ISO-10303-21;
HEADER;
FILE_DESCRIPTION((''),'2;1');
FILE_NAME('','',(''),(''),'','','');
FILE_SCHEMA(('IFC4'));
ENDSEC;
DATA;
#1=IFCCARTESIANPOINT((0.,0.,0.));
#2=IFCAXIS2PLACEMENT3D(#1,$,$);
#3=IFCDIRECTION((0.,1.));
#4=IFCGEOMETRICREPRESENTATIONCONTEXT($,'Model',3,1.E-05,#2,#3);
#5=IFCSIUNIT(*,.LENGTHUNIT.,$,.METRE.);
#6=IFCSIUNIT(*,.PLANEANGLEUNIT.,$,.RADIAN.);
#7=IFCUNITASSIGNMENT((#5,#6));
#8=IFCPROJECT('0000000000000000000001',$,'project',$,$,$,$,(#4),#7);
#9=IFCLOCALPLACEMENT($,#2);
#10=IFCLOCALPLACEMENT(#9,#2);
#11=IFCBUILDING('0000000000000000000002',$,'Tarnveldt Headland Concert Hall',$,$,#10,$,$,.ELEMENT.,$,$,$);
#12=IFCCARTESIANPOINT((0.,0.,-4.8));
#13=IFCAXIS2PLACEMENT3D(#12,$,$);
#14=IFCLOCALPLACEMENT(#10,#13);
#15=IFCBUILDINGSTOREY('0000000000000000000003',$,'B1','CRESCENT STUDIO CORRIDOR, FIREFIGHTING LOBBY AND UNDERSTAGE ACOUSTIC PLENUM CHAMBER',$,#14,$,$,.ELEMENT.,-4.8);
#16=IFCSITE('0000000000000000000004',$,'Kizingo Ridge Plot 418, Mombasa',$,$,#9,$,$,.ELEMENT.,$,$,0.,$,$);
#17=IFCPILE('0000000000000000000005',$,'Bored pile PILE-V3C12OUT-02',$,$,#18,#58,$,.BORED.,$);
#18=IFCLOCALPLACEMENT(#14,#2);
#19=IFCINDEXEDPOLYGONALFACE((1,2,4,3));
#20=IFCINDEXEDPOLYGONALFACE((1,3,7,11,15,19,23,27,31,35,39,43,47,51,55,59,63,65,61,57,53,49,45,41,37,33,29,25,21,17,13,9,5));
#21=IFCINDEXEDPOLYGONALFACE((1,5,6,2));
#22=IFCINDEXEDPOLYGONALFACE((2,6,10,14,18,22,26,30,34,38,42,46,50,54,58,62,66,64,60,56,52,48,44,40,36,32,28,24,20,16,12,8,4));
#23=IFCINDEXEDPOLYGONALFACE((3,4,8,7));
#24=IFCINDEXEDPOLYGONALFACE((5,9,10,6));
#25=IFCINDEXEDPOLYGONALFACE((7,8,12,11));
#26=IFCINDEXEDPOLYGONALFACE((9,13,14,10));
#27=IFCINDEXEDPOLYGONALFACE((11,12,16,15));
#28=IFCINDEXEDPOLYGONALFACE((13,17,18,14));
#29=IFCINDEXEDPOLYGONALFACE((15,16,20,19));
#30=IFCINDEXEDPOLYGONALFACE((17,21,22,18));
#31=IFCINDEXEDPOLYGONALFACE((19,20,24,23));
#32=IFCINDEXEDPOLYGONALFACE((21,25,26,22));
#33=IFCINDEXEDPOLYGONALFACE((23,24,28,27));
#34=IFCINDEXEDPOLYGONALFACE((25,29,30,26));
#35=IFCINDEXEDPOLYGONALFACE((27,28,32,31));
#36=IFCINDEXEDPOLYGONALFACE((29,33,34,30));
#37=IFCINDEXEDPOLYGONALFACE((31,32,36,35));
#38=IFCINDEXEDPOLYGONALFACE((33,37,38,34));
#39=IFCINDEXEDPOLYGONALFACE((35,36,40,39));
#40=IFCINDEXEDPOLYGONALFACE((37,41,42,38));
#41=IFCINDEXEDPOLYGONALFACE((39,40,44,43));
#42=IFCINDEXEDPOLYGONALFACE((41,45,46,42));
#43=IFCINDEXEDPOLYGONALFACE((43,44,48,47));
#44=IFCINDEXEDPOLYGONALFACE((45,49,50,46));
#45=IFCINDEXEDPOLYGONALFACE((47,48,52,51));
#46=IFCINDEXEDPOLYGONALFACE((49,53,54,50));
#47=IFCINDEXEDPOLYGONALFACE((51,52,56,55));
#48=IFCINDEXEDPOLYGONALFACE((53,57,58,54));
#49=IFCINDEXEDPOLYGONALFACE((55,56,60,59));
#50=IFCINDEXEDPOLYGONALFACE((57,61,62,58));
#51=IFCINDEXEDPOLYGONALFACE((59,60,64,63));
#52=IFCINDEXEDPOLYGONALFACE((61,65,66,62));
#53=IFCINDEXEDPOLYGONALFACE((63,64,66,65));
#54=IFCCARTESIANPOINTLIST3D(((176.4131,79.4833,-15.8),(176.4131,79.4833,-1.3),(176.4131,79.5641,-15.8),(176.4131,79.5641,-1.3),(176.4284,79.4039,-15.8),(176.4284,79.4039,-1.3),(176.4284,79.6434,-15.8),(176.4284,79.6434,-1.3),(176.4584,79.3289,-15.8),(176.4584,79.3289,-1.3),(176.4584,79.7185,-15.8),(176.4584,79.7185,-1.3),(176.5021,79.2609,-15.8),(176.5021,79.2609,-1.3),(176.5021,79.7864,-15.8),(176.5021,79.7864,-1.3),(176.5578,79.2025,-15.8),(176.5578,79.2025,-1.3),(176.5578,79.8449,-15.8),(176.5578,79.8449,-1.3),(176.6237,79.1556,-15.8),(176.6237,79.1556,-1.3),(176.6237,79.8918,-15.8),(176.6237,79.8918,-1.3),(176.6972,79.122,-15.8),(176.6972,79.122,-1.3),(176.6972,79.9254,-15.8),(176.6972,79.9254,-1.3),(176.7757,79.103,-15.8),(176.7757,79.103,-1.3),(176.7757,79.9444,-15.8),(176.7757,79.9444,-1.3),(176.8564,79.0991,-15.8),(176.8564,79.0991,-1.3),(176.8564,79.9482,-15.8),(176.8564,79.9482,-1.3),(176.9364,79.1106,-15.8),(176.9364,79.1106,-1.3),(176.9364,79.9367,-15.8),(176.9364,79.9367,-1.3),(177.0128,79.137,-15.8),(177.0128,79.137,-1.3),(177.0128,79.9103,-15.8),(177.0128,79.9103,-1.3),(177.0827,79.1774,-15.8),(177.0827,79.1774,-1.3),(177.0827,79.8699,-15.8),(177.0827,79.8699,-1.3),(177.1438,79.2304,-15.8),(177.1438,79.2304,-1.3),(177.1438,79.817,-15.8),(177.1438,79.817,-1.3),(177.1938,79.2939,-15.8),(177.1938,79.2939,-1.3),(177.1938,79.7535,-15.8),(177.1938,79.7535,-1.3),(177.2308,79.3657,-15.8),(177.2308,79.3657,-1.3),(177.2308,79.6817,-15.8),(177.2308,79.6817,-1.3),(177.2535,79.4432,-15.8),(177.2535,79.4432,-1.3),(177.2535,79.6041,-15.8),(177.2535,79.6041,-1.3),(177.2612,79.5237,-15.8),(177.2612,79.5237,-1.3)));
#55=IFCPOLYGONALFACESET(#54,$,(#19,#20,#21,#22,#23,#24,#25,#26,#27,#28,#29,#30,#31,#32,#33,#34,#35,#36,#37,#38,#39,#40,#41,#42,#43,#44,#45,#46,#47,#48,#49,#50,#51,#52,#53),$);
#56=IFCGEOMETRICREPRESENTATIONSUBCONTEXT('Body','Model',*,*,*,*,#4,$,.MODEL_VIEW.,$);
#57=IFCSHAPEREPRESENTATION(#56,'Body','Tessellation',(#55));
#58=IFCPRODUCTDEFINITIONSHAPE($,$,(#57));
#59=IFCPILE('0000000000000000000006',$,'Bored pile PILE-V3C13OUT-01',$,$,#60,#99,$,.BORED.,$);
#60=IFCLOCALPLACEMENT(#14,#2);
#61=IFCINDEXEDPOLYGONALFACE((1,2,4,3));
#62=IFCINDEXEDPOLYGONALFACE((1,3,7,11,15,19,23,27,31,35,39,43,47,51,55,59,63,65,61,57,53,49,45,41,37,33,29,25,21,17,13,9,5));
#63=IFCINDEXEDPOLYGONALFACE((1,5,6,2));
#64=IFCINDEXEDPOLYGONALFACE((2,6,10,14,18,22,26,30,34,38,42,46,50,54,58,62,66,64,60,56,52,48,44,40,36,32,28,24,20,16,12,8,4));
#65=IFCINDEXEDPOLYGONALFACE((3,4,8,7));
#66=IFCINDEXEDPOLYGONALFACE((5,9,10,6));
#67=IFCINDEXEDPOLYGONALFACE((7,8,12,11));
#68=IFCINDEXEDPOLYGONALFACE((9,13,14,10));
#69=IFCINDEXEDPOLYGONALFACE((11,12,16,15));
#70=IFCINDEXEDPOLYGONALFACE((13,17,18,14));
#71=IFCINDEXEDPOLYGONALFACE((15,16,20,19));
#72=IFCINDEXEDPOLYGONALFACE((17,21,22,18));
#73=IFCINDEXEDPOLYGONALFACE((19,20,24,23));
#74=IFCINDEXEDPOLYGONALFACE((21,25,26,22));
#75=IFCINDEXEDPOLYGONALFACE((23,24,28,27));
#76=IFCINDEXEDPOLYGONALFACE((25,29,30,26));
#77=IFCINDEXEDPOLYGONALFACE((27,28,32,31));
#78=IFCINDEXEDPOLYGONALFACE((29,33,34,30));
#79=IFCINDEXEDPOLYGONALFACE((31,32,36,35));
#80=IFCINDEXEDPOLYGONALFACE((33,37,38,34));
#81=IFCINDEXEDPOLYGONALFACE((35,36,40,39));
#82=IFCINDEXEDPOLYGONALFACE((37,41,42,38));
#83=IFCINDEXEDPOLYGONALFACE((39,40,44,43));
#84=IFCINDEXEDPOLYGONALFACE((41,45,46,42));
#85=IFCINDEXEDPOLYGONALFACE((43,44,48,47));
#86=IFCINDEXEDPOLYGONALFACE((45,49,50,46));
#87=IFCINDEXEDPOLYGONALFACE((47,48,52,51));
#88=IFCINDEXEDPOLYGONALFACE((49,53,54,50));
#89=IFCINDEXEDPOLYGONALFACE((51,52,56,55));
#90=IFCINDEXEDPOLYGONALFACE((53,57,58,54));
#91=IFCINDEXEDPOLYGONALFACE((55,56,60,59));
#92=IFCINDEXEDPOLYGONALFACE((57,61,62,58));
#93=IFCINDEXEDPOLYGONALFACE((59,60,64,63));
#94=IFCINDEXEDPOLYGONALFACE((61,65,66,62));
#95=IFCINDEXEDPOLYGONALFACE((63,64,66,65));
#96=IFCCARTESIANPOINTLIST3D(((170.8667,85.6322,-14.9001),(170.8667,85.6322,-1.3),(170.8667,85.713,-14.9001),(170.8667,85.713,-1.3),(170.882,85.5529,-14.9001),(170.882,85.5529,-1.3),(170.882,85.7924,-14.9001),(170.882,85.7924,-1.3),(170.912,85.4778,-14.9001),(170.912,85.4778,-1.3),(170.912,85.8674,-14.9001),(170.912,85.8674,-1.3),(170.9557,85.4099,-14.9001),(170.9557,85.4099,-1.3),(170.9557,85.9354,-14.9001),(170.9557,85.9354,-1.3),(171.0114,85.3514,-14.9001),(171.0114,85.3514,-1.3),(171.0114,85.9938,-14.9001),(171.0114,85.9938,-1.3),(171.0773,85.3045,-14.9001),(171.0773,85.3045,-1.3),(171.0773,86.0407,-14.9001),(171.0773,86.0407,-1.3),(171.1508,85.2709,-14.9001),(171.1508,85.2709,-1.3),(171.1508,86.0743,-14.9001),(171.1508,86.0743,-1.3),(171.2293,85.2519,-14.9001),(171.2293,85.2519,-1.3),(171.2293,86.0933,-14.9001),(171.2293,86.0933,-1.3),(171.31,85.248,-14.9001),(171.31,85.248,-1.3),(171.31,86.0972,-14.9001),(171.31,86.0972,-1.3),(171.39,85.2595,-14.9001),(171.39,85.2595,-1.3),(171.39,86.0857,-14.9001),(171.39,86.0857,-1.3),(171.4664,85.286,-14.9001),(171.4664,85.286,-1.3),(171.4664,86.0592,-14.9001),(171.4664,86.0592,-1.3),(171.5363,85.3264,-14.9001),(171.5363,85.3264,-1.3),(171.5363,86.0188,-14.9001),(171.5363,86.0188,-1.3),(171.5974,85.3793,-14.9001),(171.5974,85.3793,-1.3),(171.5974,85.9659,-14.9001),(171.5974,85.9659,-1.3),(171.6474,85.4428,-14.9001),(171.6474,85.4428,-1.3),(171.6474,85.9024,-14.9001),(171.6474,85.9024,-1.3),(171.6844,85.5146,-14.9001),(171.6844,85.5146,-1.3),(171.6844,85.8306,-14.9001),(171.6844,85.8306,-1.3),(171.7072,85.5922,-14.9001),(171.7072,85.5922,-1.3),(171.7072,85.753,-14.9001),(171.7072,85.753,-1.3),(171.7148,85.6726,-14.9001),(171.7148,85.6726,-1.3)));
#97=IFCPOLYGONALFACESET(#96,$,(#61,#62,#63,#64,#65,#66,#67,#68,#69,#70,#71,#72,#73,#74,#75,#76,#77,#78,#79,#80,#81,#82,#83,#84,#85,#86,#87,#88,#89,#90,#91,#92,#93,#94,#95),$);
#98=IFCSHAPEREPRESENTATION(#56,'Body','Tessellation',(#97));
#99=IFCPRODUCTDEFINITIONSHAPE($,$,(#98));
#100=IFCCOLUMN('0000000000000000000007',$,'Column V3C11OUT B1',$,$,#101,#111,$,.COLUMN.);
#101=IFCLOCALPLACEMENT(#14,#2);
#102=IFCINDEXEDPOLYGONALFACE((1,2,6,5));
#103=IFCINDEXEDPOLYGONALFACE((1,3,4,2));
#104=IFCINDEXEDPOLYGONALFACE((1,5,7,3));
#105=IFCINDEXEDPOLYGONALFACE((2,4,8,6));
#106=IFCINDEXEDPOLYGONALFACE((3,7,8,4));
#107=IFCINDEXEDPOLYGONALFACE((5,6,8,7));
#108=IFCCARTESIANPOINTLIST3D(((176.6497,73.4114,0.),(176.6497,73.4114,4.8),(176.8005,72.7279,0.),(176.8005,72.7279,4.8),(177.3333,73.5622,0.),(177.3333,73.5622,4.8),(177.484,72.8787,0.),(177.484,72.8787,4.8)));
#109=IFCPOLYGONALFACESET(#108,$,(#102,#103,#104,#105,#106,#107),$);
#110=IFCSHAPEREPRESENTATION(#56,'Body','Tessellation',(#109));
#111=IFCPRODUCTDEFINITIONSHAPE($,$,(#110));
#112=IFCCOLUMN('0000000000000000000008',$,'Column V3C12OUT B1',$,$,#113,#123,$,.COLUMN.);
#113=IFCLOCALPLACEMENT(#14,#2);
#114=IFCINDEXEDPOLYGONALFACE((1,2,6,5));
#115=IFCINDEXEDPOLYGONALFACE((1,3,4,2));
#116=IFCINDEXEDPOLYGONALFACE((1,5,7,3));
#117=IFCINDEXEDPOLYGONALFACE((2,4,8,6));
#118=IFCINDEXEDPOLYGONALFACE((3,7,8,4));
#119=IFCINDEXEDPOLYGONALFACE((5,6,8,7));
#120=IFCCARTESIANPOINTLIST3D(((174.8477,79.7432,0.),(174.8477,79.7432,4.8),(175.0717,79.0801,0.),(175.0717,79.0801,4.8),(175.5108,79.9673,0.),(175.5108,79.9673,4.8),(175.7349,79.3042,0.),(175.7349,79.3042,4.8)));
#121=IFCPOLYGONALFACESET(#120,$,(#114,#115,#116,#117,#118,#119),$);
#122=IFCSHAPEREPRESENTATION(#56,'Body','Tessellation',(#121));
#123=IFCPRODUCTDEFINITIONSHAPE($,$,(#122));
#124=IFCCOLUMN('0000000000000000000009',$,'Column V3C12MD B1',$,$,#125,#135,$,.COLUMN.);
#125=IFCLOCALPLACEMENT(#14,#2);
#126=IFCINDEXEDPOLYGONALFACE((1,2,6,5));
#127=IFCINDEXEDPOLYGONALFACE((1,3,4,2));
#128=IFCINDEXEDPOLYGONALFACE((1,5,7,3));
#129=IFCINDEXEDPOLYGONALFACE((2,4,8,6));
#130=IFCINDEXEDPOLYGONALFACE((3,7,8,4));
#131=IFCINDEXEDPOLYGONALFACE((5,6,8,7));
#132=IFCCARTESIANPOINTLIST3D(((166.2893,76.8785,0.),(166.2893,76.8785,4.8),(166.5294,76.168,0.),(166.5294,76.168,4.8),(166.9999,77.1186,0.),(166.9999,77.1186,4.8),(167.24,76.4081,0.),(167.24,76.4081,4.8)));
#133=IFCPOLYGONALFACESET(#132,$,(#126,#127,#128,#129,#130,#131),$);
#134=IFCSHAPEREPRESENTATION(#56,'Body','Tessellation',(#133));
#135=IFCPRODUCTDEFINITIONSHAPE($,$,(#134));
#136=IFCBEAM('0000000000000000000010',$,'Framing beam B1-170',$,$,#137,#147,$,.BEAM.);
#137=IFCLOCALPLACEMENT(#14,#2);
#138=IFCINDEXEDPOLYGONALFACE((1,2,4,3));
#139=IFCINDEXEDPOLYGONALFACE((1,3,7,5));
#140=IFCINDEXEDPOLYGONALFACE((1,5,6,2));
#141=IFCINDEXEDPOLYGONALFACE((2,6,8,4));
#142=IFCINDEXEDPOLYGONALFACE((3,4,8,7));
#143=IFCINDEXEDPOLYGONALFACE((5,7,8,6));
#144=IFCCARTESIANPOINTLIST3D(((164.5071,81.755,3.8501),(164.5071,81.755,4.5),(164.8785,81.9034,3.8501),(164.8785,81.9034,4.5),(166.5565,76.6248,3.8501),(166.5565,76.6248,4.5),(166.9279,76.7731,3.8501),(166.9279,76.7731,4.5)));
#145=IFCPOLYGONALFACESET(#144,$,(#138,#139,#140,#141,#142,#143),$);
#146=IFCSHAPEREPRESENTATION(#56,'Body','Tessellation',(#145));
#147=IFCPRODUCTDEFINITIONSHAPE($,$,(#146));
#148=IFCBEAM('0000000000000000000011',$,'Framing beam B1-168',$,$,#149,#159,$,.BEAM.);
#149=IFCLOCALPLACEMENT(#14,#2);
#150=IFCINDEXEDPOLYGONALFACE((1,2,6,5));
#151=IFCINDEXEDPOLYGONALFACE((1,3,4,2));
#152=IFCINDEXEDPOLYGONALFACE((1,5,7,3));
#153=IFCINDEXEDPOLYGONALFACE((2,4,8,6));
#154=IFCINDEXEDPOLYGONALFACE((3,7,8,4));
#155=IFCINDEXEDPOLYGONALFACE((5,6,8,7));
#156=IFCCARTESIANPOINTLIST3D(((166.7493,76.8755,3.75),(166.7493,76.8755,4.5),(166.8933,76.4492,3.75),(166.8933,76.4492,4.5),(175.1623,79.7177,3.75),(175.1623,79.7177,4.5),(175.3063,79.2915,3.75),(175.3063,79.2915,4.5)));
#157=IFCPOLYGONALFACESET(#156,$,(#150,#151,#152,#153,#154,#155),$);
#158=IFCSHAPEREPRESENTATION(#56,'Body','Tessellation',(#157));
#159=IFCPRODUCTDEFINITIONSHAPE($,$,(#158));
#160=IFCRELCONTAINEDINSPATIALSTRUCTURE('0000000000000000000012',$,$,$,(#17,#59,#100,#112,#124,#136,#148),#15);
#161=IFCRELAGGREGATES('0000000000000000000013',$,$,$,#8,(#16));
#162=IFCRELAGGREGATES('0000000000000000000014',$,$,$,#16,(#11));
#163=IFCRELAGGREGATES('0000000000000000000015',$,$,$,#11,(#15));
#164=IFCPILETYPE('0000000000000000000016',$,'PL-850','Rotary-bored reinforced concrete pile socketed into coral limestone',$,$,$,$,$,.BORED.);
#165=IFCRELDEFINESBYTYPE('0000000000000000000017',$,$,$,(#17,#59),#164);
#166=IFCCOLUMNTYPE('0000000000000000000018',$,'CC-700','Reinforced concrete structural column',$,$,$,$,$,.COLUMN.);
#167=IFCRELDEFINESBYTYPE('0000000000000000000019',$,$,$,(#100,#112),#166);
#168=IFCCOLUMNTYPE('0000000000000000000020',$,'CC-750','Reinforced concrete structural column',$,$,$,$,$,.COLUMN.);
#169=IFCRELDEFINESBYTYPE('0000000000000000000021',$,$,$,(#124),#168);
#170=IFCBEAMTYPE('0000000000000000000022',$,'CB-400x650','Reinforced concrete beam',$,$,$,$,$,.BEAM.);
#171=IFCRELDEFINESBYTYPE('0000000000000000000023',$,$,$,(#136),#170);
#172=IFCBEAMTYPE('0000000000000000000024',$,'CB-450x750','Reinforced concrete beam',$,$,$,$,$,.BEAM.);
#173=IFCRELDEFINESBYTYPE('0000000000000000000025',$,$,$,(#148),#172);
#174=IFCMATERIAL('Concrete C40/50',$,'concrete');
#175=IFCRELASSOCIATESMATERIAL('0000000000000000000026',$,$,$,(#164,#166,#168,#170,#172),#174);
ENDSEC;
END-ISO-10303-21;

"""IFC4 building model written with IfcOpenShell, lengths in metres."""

from ifc_helpers import new_model, si_unit, direction, frame, origin, origin_2d, place, context, subcontext, project, spatial, rectangle, circle, extrude, material, material_profile, profile_set, type_object, element, save


model = new_model("IFC4")

# Units and contexts
model_context = context("Model", 3, precision=1e-05, world=origin(), true_north=direction((0.0, 1.0)))
body_context = subcontext(model_context, "Body", "Model", "MODEL_VIEW")
ifc_project = project(units=[si_unit("LENGTHUNIT", "METRE"), si_unit("PLANEANGLEUNIT", "RADIAN")], contexts=[model_context])

# Site, building, storey
site_placement = place(None, origin())
site = spatial("IfcSite", under=ifc_project, at=site_placement, Name="Kizingo Ridge Plot 418, Mombasa", CompositionType="ELEMENT", RefElevation=0.0)
building_placement = place(site_placement, origin())
building = spatial("IfcBuilding", under=site, at=building_placement, Name="Tarnveldt Headland Concert Hall", CompositionType="ELEMENT")
storey_placement = place(building_placement, frame((0.0, 0.0, -4.8)))
storey = spatial("IfcBuildingStorey", under=building, at=storey_placement, Name="B1", Description="CRESCENT STUDIO CORRIDOR, FIREFIGHTING LOBBY AND UNDERSTAGE ACOUSTIC PLENUM CHAMBER", CompositionType="ELEMENT", Elevation=-4.8)

# Shared definitions
ifc_material_1 = material(Name="Concrete C40/50", Category="concrete")

# Piles
ifc_material_profile_1 = material_profile(ifc_material_1, circle(Radius=0.425, at=origin_2d()), Name="BORED PILE D850", Category="concrete")
ifc_profile_set_1 = profile_set([ifc_material_profile_1], Name="Concrete C40/50")
pile_type_1 = type_object("IfcPileType", Name="PL-850", Description="Rotary-bored reinforced concrete pile socketed into coral limestone", PredefinedType="BORED", material=ifc_profile_set_1)
for number, where, z_axis, x_axis, name in (
    (1, (176.8362, 79.5237, -1.3), (0.0, 0.0, -1.0), (1.0, 0.0, 0.0), "Bored pile PILE-V3C12OUT-02"),
):
    element("IfcPile", number, at=place(storey_placement, frame(where, z_axis=z_axis, x_axis=x_axis)), inside=storey, type_object=pile_type_1, Name=name, PredefinedType="BORED", context=body_context, shape_type="SweptSolid", body=[
        extrude(circle(Radius=0.425, at=origin_2d()), origin(), (0.0, 0.0, 1.0), 14.5),
    ])
pile_1_placement = place(storey_placement, frame((171.2898, 85.6726, -1.3), z_axis=(0.0, 0.0, -1.0), x_axis=(1.0, 0.0, 0.0)))
element("IfcPile", 2, at=pile_1_placement, inside=storey, type_object=pile_type_1, Name="Bored pile PILE-V3C13OUT-01", PredefinedType="BORED", context=body_context, shape_type="SweptSolid", body=[
    extrude(circle(Radius=0.425, at=origin_2d()), origin(), (0.0, 0.0, 1.0), 13.6001),
])

# Columns
ifc_material_profile_2 = material_profile(ifc_material_1, rectangle(XDim=0.7, YDim=0.7, at=origin_2d()), Name="RC 700x700", Category="concrete")
ifc_profile_set_2 = profile_set([ifc_material_profile_2], Name="Concrete C40/50")
column_type_1 = type_object("IfcColumnType", Name="CC-700", Description="Reinforced concrete structural column", PredefinedType="COLUMN", material=ifc_profile_set_2)
for number, where, z_axis, x_axis, name in (
    (3, (177.0669, 73.145, 0.0), (0.0, 0.0, 1.0), (0.976522, 0.215417, 0.0), "Column V3C11OUT B1"),
    (4, (175.2913, 79.5237, 0.0), (0.0, 0.0, 1.0), (0.947378, 0.320117, 0.0), "Column V3C12OUT B1"),
):
    element("IfcColumn", number, at=place(storey_placement, frame(where, z_axis=z_axis, x_axis=x_axis)), inside=storey, type_object=column_type_1, Name=name, PredefinedType="COLUMN", context=body_context, shape_type="SweptSolid", body=[
        extrude(rectangle(XDim=0.7, YDim=0.7, at=origin_2d()), origin(), (0.0, 0.0, 1.0), 4.8),
    ])
ifc_material_profile_3 = material_profile(ifc_material_1, rectangle(XDim=0.75, YDim=0.75, at=origin_2d()), Name="RC 750x750", Category="concrete")
ifc_profile_set_3 = profile_set([ifc_material_profile_3], Name="Concrete C40/50")
column_type_2 = type_object("IfcColumnType", Name="CC-750", Description="Reinforced concrete structural column", PredefinedType="COLUMN", material=ifc_profile_set_3)
column_placement = place(storey_placement, frame((166.7646, 76.6433, 0.0), z_axis=(0.0, 0.0, 1.0), x_axis=(0.947378, 0.320117, 0.0)))
element("IfcColumn", 5, at=column_placement, inside=storey, type_object=column_type_2, Name="Column V3C12MD B1", PredefinedType="COLUMN", context=body_context, shape_type="SweptSolid", body=[
    extrude(rectangle(XDim=0.75, YDim=0.75, at=origin_2d()), origin(), (0.0, 0.0, 1.0), 4.8),
])

# Beams
ifc_material_profile_4 = material_profile(ifc_material_1, rectangle(XDim=0.3999, YDim=0.6499, at=origin_2d()), Name="RC 400x650", Category="concrete")
ifc_profile_set_4 = profile_set([ifc_material_profile_4], Name="Concrete C40/50")
beam_type_1 = type_object("IfcBeamType", Name="CB-400x650", Description="Reinforced concrete beam", PredefinedType="BEAM", material=ifc_profile_set_4)
beam_1_placement = place(storey_placement, frame((166.7422, 76.699, 4.175), z_axis=(-0.370964, 0.928647, 0.0), x_axis=(-0.928647, -0.370964, 0.0)))
element("IfcBeam", 6, at=beam_1_placement, inside=storey, type_object=beam_type_1, Name="Framing beam B1-170", PredefinedType="BEAM", context=body_context, shape_type="SweptSolid", body=[
    extrude(rectangle(XDim=0.3999, YDim=0.6499, at=origin_2d()), origin(), (0.0, 0.0, 1.0), 5.5244),
])
ifc_material_profile_5 = material_profile(ifc_material_1, rectangle(XDim=0.45, YDim=0.75, at=origin_2d()), Name="RC 450x750", Category="concrete")
ifc_profile_set_5 = profile_set([ifc_material_profile_5], Name="Concrete C40/50")
beam_type_2 = type_object("IfcBeamType", Name="CB-450x750", Description="Reinforced concrete beam", PredefinedType="BEAM", material=ifc_profile_set_5)
beam_2_placement = place(storey_placement, frame((166.8213, 76.6624, 4.125), z_axis=(0.947394, 0.320069, 0.0), x_axis=(-0.320069, 0.947394, 0.0)))
element("IfcBeam", 7, at=beam_2_placement, inside=storey, type_object=beam_type_2, Name="Framing beam B1-168", PredefinedType="BEAM", context=body_context, shape_type="SweptSolid", body=[
    extrude(rectangle(XDim=0.45, YDim=0.75, at=origin_2d()), origin(), (0.0, 0.0, 1.0), 8.8801),
])

save(model, "model.ifc")
